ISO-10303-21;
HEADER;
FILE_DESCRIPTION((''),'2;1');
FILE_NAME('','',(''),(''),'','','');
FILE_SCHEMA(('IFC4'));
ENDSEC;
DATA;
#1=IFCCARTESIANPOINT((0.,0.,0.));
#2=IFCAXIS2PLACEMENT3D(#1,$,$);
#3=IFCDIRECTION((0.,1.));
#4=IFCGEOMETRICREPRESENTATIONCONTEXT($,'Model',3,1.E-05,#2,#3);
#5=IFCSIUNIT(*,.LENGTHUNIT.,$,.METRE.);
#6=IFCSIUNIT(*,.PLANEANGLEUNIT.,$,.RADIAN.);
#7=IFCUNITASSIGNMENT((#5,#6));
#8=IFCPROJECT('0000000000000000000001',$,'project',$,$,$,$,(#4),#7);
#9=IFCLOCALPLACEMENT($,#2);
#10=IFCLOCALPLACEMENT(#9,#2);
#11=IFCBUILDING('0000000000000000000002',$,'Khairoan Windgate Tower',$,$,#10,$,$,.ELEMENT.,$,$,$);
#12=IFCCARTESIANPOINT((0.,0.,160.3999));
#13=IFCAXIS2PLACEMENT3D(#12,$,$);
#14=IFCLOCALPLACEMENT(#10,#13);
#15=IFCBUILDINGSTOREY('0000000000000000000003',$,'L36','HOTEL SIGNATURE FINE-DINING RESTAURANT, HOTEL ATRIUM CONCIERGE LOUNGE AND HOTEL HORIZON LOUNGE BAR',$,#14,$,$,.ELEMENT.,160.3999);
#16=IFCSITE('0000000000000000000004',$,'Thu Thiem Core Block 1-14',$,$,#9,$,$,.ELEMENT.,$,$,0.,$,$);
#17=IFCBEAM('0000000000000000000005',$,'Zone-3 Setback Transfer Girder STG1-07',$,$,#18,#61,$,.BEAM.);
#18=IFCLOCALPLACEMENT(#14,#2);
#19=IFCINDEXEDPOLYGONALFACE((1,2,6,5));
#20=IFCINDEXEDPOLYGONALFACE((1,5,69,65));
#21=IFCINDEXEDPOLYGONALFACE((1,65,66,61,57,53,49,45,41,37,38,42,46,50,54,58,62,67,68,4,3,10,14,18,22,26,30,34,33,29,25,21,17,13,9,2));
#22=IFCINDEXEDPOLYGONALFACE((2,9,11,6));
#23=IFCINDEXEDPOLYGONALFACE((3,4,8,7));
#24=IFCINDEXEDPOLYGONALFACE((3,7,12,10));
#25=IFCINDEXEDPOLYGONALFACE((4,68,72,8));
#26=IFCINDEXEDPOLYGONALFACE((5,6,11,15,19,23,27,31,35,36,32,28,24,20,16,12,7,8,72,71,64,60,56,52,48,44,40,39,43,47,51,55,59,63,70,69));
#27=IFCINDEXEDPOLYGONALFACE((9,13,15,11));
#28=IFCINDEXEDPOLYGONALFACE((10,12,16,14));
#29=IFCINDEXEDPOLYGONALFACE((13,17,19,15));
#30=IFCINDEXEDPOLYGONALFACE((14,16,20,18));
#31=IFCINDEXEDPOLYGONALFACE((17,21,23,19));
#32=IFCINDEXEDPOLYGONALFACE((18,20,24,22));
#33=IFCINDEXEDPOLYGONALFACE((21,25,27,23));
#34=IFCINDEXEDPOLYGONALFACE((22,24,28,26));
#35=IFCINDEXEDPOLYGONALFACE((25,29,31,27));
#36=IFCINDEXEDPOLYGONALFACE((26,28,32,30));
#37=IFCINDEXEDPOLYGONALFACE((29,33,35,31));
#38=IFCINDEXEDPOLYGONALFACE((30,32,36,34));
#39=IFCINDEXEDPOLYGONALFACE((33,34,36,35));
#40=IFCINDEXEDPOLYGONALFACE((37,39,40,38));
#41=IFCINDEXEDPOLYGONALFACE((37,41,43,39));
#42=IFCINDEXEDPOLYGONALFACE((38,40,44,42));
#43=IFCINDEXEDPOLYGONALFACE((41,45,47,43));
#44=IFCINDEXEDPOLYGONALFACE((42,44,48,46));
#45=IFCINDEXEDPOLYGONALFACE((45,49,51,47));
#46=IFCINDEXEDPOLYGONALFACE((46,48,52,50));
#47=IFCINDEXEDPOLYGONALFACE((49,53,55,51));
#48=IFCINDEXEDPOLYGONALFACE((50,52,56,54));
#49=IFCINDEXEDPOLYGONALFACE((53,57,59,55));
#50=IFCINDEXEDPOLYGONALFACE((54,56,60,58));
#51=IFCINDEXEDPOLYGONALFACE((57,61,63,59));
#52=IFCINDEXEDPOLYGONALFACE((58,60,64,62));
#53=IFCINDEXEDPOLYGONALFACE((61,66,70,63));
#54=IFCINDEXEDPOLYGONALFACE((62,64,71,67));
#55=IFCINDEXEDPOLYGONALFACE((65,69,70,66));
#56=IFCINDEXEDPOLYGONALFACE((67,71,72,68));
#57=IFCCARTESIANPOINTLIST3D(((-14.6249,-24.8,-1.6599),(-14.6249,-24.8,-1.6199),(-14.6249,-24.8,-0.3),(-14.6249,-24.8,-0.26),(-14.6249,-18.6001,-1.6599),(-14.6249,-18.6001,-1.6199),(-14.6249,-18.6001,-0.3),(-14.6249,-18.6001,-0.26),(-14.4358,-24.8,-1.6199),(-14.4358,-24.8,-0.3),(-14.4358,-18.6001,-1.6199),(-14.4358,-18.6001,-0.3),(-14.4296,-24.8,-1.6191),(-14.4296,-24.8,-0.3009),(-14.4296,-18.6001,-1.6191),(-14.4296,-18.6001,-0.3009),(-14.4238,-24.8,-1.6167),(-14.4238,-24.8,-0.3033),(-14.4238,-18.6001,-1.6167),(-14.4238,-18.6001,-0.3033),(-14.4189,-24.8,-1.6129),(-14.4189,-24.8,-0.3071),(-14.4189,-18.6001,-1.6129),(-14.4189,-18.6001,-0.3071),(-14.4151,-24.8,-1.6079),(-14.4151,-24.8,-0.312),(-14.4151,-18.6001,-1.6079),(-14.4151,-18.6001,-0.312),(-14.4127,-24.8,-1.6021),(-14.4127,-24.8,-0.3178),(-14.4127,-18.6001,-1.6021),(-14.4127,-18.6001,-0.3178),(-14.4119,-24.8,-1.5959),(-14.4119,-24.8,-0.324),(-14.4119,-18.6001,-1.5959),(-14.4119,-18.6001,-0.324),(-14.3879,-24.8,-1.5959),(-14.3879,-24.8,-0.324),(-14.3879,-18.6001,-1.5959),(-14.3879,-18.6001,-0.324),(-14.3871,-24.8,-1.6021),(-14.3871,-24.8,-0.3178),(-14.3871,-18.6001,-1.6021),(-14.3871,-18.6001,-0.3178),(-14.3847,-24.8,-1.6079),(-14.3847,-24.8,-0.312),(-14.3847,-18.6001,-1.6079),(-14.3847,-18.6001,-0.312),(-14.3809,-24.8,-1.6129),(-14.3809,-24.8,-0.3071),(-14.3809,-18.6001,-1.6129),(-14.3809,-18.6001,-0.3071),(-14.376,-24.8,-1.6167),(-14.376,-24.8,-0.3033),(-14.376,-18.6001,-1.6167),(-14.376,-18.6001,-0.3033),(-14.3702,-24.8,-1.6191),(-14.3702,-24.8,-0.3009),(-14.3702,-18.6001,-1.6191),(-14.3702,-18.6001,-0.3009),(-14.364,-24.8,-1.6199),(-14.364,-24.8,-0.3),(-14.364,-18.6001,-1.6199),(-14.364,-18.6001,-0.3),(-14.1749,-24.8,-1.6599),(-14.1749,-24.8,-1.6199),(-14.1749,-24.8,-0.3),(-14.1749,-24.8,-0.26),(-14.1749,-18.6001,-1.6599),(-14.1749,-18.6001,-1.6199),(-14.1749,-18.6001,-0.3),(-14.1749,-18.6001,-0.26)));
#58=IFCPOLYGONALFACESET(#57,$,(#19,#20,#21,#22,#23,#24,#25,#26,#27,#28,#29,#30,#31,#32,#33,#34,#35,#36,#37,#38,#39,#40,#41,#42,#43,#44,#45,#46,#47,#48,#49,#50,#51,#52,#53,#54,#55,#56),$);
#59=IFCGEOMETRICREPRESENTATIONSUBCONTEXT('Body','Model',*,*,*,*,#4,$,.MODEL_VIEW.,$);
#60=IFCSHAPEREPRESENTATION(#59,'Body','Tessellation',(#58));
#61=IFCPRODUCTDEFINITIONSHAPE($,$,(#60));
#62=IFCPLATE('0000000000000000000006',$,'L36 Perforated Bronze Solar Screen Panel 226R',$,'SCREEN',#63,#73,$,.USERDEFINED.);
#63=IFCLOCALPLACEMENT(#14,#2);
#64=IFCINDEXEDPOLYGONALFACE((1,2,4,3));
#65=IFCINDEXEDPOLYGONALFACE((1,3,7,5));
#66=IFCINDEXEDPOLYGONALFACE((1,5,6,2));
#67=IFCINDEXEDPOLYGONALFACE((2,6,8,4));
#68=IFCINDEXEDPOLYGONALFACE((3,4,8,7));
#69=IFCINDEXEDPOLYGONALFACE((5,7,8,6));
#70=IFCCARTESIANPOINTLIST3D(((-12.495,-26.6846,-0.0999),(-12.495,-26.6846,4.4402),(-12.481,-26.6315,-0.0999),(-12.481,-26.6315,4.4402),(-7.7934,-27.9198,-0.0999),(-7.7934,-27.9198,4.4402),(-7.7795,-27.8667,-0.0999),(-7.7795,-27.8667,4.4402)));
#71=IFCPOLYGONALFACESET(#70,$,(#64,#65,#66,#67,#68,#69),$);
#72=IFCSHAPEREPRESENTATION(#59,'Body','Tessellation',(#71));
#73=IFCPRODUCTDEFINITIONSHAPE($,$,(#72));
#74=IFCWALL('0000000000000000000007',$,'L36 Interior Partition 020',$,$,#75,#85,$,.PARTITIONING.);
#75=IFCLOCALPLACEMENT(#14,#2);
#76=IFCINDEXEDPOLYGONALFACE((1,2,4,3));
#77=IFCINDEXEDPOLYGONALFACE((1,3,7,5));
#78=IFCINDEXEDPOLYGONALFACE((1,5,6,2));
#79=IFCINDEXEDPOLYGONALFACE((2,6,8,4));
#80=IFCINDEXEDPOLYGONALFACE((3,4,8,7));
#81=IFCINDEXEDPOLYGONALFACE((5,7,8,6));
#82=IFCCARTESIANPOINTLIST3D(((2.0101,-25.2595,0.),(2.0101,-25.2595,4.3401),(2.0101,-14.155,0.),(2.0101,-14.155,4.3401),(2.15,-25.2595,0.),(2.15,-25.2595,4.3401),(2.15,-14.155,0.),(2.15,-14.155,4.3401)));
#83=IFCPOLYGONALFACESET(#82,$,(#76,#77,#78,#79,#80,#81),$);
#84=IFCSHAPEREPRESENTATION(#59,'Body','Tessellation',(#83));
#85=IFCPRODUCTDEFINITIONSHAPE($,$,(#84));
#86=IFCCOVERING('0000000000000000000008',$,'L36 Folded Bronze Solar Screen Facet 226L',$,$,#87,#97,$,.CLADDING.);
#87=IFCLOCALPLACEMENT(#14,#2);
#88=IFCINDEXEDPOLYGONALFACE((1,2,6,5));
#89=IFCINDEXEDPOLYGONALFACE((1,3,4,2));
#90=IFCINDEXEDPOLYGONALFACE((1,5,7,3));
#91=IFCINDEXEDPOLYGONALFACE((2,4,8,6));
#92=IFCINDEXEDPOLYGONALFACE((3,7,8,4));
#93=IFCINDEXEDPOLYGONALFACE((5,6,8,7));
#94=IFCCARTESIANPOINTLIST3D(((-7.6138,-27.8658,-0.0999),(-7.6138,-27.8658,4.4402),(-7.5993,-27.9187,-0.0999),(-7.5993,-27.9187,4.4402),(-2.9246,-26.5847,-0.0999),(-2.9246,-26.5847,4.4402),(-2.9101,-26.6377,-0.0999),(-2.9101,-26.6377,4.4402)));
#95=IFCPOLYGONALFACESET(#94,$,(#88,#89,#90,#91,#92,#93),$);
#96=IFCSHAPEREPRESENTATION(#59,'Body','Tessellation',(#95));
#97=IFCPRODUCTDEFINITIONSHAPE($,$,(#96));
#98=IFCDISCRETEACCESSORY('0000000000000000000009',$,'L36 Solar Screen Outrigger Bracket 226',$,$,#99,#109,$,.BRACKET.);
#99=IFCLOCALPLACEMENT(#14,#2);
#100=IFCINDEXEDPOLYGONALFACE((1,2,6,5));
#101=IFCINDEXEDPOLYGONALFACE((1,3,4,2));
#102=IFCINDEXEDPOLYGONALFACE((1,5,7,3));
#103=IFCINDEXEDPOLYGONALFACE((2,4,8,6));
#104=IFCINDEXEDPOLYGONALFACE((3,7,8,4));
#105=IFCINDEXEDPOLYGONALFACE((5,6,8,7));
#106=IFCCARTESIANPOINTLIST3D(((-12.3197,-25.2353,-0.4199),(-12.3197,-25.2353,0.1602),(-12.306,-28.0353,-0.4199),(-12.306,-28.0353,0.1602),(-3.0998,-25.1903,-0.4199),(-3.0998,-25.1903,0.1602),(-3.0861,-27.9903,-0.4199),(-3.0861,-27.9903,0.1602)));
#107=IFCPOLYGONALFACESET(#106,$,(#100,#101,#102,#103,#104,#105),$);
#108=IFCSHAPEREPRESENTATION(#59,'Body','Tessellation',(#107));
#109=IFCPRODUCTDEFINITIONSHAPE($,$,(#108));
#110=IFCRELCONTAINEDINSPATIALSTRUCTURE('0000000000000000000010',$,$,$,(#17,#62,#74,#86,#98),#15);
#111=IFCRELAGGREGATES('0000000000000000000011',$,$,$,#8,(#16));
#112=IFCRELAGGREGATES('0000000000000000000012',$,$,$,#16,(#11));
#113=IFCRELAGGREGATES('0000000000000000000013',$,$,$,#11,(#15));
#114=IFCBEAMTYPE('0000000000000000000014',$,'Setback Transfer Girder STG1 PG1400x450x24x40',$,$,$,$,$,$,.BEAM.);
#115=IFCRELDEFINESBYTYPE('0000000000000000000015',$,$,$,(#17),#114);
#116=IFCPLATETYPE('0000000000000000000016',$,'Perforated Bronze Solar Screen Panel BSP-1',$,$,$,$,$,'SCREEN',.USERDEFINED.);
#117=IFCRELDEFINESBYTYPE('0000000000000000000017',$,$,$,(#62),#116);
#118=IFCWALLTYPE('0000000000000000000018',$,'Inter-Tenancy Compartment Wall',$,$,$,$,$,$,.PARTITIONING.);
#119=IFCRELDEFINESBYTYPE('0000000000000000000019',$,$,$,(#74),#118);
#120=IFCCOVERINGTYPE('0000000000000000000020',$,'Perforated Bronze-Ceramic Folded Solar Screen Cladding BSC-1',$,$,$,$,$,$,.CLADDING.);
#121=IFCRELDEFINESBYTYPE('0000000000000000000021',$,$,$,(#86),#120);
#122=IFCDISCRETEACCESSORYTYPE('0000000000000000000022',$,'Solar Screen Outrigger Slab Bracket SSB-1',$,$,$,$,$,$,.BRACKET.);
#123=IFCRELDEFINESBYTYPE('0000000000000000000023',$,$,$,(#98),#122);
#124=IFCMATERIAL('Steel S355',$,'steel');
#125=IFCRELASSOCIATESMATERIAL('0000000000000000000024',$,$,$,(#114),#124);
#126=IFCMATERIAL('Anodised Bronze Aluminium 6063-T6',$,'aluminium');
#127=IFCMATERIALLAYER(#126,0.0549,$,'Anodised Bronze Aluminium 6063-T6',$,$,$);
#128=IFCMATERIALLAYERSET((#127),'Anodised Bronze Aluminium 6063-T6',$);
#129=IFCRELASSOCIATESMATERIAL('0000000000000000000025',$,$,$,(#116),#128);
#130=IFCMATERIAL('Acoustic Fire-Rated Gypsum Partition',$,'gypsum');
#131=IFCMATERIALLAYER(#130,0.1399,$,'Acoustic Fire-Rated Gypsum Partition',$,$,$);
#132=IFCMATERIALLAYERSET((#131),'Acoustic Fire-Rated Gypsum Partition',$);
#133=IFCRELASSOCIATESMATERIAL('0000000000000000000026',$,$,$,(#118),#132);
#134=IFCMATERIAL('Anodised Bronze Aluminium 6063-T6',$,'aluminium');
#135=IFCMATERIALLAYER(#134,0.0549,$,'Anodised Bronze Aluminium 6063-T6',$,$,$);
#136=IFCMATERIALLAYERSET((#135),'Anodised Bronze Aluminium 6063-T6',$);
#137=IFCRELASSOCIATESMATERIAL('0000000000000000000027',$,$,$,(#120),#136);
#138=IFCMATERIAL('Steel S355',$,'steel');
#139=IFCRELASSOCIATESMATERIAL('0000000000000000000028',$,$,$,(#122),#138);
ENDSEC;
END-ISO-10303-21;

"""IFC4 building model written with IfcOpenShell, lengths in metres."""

from ifc_helpers import new_model, si_unit, direction, frame, frame_2d, origin, origin_2d, place, context, subcontext, project, spatial, rectangle, i_section, extrude, material, layer, layer_set, material_profile, profile_set, type_object, element, save


model = new_model("IFC4")

# Units and contexts
model_context = context("Model", 3, precision=1e-05, world=origin(), true_north=direction((0.0, 1.0)))
body_context = subcontext(model_context, "Body", "Model", "MODEL_VIEW")
ifc_project = project(units=[si_unit("LENGTHUNIT", "METRE"), si_unit("PLANEANGLEUNIT", "RADIAN")], contexts=[model_context])

# Site, building, storey
site_placement = place(None, origin())
site = spatial("IfcSite", under=ifc_project, at=site_placement, Name="Thu Thiem Core Block 1-14", CompositionType="ELEMENT", RefElevation=0.0)
building_placement = place(site_placement, origin())
building = spatial("IfcBuilding", under=site, at=building_placement, Name="Khairoan Windgate Tower", CompositionType="ELEMENT")
storey_placement = place(building_placement, frame((0.0, 0.0, 160.3999)))
storey = spatial("IfcBuildingStorey", under=building, at=storey_placement, Name="L36", Description="HOTEL SIGNATURE FINE-DINING RESTAURANT, HOTEL ATRIUM CONCIERGE LOUNGE AND HOTEL HORIZON LOUNGE BAR", CompositionType="ELEMENT", Elevation=160.3999)

# Beam
ifc_material_1 = material(Name="Steel S355", Category="steel")
ifc_material_profile_1 = material_profile(ifc_material_1, i_section(OverallWidth=0.45, OverallDepth=1.3999, WebThickness=0.0239, FlangeThickness=0.04, FilletRadius=0.0239, at=origin_2d()))
ifc_profile_set_1 = profile_set([ifc_material_profile_1], Name="Steel S355")
beam_type_1 = type_object("IfcBeamType", Name="Setback Transfer Girder STG1 PG1400x450x24x40", PredefinedType="BEAM", material=ifc_profile_set_1)
beam_1_placement = place(storey_placement, frame((-14.3999, -24.8, -0.96), z_axis=(0.0, 1.0, 0.0), x_axis=(-1.0, 0.0, 0.0)))
element("IfcBeam", 1, at=beam_1_placement, inside=storey, type_object=beam_type_1, Name="Zone-3 Setback Transfer Girder STG1-07", PredefinedType="BEAM", context=body_context, shape_type="SweptSolid", body=[
    extrude(i_section(OverallWidth=0.45, OverallDepth=1.3999, WebThickness=0.0239, FlangeThickness=0.04, FilletRadius=0.0239, at=origin_2d()), origin(), (0.0, 0.0, 1.0), 6.2),
])

# Plate
ifc_material_2 = material(Name="Anodised Bronze Aluminium 6063-T6", Category="aluminium")
ifc_layer_1 = layer(ifc_material_2, 0.0549, Name="Anodised Bronze Aluminium 6063-T6")
ifc_layer_set_1 = layer_set([ifc_layer_1], Name="Anodised Bronze Aluminium 6063-T6")
plate_type = type_object("IfcPlateType", Name="Perforated Bronze Solar Screen Panel BSP-1", ElementType="SCREEN", PredefinedType="USERDEFINED", material=ifc_layer_set_1)
plate_placement = place(storey_placement, frame((-10.1372, -27.2756, -0.0999), z_axis=(0.0, 0.0, 1.0), x_axis=(-0.967179, 0.254096, 0.0)))
element("IfcPlate", 2, at=plate_placement, inside=storey, type_object=plate_type, Name="L36 Perforated Bronze Solar Screen Panel 226R", ObjectType="SCREEN", PredefinedType="USERDEFINED", context=body_context, shape_type="SweptSolid", body=[
    extrude(rectangle(XDim=4.8611, YDim=0.0549, at=origin_2d()), origin(), (0.0, 0.0, 1.0), 4.54),
])

# Wall
ifc_material_3 = material(Name="Acoustic Fire-Rated Gypsum Partition", Category="gypsum")
ifc_layer_2 = layer(ifc_material_3, 0.1399, Name="Acoustic Fire-Rated Gypsum Partition")
ifc_layer_set_2 = layer_set([ifc_layer_2], Name="Acoustic Fire-Rated Gypsum Partition")
wall_type = type_object("IfcWallType", Name="Inter-Tenancy Compartment Wall", PredefinedType="PARTITIONING", material=ifc_layer_set_2)
wall_placement = place(storey_placement, frame((2.0801, -25.2595, 0.0), z_axis=(0.0, 0.0, 1.0), x_axis=(0.0, 1.0, 0.0)))
element("IfcWall", 3, at=wall_placement, inside=storey, type_object=wall_type, Name="L36 Interior Partition 020", PredefinedType="PARTITIONING", context=body_context, shape_type="SweptSolid", body=[
    extrude(rectangle(XDim=11.1045, YDim=0.1399, at=frame_2d((5.5522, 0.0))), origin(), (0.0, 0.0, 1.0), 4.3401),
])

# Covering
ifc_material_4 = material(Name="Anodised Bronze Aluminium 6063-T6", Category="aluminium")
ifc_layer_3 = layer(ifc_material_4, 0.0549, Name="Anodised Bronze Aluminium 6063-T6")
ifc_layer_set_3 = layer_set([ifc_layer_3], Name="Anodised Bronze Aluminium 6063-T6")
covering_type = type_object("IfcCoveringType", Name="Perforated Bronze-Ceramic Folded Solar Screen Cladding BSC-1", PredefinedType="CLADDING", material=ifc_layer_set_3)
covering_placement = place(storey_placement, frame((-5.262, -27.2517, -0.0999), z_axis=(0.0, 0.0, 1.0), x_axis=(-0.964649, -0.263536, 0.0)))
element("IfcCovering", 4, at=covering_placement, inside=storey, type_object=covering_type, Name="L36 Folded Bronze Solar Screen Facet 226L", PredefinedType="CLADDING", context=body_context, shape_type="SweptSolid", body=[
    extrude(rectangle(XDim=4.8611, YDim=0.0549, at=origin_2d()), origin(), (0.0, 0.0, 1.0), 4.54),
])

# Discrete accessory
ifc_material_5 = material(Name="Steel S355", Category="steel")
discrete_accessory_type = type_object("IfcDiscreteAccessoryType", Name="Solar Screen Outrigger Slab Bracket SSB-1", PredefinedType="BRACKET", material=ifc_material_5)
discrete_accessory_placement = place(storey_placement, frame((-7.7029, -26.6128, -0.4199), z_axis=(0.0, 0.0, 1.0), x_axis=(-0.999988, -0.004887, 0.0)))
element("IfcDiscreteAccessory", 5, at=discrete_accessory_placement, inside=storey, type_object=discrete_accessory_type, Name="L36 Solar Screen Outrigger Bracket 226", PredefinedType="BRACKET", context=body_context, shape_type="SweptSolid", body=[
    extrude(rectangle(XDim=9.22, YDim=2.8, at=origin_2d()), origin(), (0.0, 0.0, 1.0), 0.5801),
])

save(model, "model.ifc")
